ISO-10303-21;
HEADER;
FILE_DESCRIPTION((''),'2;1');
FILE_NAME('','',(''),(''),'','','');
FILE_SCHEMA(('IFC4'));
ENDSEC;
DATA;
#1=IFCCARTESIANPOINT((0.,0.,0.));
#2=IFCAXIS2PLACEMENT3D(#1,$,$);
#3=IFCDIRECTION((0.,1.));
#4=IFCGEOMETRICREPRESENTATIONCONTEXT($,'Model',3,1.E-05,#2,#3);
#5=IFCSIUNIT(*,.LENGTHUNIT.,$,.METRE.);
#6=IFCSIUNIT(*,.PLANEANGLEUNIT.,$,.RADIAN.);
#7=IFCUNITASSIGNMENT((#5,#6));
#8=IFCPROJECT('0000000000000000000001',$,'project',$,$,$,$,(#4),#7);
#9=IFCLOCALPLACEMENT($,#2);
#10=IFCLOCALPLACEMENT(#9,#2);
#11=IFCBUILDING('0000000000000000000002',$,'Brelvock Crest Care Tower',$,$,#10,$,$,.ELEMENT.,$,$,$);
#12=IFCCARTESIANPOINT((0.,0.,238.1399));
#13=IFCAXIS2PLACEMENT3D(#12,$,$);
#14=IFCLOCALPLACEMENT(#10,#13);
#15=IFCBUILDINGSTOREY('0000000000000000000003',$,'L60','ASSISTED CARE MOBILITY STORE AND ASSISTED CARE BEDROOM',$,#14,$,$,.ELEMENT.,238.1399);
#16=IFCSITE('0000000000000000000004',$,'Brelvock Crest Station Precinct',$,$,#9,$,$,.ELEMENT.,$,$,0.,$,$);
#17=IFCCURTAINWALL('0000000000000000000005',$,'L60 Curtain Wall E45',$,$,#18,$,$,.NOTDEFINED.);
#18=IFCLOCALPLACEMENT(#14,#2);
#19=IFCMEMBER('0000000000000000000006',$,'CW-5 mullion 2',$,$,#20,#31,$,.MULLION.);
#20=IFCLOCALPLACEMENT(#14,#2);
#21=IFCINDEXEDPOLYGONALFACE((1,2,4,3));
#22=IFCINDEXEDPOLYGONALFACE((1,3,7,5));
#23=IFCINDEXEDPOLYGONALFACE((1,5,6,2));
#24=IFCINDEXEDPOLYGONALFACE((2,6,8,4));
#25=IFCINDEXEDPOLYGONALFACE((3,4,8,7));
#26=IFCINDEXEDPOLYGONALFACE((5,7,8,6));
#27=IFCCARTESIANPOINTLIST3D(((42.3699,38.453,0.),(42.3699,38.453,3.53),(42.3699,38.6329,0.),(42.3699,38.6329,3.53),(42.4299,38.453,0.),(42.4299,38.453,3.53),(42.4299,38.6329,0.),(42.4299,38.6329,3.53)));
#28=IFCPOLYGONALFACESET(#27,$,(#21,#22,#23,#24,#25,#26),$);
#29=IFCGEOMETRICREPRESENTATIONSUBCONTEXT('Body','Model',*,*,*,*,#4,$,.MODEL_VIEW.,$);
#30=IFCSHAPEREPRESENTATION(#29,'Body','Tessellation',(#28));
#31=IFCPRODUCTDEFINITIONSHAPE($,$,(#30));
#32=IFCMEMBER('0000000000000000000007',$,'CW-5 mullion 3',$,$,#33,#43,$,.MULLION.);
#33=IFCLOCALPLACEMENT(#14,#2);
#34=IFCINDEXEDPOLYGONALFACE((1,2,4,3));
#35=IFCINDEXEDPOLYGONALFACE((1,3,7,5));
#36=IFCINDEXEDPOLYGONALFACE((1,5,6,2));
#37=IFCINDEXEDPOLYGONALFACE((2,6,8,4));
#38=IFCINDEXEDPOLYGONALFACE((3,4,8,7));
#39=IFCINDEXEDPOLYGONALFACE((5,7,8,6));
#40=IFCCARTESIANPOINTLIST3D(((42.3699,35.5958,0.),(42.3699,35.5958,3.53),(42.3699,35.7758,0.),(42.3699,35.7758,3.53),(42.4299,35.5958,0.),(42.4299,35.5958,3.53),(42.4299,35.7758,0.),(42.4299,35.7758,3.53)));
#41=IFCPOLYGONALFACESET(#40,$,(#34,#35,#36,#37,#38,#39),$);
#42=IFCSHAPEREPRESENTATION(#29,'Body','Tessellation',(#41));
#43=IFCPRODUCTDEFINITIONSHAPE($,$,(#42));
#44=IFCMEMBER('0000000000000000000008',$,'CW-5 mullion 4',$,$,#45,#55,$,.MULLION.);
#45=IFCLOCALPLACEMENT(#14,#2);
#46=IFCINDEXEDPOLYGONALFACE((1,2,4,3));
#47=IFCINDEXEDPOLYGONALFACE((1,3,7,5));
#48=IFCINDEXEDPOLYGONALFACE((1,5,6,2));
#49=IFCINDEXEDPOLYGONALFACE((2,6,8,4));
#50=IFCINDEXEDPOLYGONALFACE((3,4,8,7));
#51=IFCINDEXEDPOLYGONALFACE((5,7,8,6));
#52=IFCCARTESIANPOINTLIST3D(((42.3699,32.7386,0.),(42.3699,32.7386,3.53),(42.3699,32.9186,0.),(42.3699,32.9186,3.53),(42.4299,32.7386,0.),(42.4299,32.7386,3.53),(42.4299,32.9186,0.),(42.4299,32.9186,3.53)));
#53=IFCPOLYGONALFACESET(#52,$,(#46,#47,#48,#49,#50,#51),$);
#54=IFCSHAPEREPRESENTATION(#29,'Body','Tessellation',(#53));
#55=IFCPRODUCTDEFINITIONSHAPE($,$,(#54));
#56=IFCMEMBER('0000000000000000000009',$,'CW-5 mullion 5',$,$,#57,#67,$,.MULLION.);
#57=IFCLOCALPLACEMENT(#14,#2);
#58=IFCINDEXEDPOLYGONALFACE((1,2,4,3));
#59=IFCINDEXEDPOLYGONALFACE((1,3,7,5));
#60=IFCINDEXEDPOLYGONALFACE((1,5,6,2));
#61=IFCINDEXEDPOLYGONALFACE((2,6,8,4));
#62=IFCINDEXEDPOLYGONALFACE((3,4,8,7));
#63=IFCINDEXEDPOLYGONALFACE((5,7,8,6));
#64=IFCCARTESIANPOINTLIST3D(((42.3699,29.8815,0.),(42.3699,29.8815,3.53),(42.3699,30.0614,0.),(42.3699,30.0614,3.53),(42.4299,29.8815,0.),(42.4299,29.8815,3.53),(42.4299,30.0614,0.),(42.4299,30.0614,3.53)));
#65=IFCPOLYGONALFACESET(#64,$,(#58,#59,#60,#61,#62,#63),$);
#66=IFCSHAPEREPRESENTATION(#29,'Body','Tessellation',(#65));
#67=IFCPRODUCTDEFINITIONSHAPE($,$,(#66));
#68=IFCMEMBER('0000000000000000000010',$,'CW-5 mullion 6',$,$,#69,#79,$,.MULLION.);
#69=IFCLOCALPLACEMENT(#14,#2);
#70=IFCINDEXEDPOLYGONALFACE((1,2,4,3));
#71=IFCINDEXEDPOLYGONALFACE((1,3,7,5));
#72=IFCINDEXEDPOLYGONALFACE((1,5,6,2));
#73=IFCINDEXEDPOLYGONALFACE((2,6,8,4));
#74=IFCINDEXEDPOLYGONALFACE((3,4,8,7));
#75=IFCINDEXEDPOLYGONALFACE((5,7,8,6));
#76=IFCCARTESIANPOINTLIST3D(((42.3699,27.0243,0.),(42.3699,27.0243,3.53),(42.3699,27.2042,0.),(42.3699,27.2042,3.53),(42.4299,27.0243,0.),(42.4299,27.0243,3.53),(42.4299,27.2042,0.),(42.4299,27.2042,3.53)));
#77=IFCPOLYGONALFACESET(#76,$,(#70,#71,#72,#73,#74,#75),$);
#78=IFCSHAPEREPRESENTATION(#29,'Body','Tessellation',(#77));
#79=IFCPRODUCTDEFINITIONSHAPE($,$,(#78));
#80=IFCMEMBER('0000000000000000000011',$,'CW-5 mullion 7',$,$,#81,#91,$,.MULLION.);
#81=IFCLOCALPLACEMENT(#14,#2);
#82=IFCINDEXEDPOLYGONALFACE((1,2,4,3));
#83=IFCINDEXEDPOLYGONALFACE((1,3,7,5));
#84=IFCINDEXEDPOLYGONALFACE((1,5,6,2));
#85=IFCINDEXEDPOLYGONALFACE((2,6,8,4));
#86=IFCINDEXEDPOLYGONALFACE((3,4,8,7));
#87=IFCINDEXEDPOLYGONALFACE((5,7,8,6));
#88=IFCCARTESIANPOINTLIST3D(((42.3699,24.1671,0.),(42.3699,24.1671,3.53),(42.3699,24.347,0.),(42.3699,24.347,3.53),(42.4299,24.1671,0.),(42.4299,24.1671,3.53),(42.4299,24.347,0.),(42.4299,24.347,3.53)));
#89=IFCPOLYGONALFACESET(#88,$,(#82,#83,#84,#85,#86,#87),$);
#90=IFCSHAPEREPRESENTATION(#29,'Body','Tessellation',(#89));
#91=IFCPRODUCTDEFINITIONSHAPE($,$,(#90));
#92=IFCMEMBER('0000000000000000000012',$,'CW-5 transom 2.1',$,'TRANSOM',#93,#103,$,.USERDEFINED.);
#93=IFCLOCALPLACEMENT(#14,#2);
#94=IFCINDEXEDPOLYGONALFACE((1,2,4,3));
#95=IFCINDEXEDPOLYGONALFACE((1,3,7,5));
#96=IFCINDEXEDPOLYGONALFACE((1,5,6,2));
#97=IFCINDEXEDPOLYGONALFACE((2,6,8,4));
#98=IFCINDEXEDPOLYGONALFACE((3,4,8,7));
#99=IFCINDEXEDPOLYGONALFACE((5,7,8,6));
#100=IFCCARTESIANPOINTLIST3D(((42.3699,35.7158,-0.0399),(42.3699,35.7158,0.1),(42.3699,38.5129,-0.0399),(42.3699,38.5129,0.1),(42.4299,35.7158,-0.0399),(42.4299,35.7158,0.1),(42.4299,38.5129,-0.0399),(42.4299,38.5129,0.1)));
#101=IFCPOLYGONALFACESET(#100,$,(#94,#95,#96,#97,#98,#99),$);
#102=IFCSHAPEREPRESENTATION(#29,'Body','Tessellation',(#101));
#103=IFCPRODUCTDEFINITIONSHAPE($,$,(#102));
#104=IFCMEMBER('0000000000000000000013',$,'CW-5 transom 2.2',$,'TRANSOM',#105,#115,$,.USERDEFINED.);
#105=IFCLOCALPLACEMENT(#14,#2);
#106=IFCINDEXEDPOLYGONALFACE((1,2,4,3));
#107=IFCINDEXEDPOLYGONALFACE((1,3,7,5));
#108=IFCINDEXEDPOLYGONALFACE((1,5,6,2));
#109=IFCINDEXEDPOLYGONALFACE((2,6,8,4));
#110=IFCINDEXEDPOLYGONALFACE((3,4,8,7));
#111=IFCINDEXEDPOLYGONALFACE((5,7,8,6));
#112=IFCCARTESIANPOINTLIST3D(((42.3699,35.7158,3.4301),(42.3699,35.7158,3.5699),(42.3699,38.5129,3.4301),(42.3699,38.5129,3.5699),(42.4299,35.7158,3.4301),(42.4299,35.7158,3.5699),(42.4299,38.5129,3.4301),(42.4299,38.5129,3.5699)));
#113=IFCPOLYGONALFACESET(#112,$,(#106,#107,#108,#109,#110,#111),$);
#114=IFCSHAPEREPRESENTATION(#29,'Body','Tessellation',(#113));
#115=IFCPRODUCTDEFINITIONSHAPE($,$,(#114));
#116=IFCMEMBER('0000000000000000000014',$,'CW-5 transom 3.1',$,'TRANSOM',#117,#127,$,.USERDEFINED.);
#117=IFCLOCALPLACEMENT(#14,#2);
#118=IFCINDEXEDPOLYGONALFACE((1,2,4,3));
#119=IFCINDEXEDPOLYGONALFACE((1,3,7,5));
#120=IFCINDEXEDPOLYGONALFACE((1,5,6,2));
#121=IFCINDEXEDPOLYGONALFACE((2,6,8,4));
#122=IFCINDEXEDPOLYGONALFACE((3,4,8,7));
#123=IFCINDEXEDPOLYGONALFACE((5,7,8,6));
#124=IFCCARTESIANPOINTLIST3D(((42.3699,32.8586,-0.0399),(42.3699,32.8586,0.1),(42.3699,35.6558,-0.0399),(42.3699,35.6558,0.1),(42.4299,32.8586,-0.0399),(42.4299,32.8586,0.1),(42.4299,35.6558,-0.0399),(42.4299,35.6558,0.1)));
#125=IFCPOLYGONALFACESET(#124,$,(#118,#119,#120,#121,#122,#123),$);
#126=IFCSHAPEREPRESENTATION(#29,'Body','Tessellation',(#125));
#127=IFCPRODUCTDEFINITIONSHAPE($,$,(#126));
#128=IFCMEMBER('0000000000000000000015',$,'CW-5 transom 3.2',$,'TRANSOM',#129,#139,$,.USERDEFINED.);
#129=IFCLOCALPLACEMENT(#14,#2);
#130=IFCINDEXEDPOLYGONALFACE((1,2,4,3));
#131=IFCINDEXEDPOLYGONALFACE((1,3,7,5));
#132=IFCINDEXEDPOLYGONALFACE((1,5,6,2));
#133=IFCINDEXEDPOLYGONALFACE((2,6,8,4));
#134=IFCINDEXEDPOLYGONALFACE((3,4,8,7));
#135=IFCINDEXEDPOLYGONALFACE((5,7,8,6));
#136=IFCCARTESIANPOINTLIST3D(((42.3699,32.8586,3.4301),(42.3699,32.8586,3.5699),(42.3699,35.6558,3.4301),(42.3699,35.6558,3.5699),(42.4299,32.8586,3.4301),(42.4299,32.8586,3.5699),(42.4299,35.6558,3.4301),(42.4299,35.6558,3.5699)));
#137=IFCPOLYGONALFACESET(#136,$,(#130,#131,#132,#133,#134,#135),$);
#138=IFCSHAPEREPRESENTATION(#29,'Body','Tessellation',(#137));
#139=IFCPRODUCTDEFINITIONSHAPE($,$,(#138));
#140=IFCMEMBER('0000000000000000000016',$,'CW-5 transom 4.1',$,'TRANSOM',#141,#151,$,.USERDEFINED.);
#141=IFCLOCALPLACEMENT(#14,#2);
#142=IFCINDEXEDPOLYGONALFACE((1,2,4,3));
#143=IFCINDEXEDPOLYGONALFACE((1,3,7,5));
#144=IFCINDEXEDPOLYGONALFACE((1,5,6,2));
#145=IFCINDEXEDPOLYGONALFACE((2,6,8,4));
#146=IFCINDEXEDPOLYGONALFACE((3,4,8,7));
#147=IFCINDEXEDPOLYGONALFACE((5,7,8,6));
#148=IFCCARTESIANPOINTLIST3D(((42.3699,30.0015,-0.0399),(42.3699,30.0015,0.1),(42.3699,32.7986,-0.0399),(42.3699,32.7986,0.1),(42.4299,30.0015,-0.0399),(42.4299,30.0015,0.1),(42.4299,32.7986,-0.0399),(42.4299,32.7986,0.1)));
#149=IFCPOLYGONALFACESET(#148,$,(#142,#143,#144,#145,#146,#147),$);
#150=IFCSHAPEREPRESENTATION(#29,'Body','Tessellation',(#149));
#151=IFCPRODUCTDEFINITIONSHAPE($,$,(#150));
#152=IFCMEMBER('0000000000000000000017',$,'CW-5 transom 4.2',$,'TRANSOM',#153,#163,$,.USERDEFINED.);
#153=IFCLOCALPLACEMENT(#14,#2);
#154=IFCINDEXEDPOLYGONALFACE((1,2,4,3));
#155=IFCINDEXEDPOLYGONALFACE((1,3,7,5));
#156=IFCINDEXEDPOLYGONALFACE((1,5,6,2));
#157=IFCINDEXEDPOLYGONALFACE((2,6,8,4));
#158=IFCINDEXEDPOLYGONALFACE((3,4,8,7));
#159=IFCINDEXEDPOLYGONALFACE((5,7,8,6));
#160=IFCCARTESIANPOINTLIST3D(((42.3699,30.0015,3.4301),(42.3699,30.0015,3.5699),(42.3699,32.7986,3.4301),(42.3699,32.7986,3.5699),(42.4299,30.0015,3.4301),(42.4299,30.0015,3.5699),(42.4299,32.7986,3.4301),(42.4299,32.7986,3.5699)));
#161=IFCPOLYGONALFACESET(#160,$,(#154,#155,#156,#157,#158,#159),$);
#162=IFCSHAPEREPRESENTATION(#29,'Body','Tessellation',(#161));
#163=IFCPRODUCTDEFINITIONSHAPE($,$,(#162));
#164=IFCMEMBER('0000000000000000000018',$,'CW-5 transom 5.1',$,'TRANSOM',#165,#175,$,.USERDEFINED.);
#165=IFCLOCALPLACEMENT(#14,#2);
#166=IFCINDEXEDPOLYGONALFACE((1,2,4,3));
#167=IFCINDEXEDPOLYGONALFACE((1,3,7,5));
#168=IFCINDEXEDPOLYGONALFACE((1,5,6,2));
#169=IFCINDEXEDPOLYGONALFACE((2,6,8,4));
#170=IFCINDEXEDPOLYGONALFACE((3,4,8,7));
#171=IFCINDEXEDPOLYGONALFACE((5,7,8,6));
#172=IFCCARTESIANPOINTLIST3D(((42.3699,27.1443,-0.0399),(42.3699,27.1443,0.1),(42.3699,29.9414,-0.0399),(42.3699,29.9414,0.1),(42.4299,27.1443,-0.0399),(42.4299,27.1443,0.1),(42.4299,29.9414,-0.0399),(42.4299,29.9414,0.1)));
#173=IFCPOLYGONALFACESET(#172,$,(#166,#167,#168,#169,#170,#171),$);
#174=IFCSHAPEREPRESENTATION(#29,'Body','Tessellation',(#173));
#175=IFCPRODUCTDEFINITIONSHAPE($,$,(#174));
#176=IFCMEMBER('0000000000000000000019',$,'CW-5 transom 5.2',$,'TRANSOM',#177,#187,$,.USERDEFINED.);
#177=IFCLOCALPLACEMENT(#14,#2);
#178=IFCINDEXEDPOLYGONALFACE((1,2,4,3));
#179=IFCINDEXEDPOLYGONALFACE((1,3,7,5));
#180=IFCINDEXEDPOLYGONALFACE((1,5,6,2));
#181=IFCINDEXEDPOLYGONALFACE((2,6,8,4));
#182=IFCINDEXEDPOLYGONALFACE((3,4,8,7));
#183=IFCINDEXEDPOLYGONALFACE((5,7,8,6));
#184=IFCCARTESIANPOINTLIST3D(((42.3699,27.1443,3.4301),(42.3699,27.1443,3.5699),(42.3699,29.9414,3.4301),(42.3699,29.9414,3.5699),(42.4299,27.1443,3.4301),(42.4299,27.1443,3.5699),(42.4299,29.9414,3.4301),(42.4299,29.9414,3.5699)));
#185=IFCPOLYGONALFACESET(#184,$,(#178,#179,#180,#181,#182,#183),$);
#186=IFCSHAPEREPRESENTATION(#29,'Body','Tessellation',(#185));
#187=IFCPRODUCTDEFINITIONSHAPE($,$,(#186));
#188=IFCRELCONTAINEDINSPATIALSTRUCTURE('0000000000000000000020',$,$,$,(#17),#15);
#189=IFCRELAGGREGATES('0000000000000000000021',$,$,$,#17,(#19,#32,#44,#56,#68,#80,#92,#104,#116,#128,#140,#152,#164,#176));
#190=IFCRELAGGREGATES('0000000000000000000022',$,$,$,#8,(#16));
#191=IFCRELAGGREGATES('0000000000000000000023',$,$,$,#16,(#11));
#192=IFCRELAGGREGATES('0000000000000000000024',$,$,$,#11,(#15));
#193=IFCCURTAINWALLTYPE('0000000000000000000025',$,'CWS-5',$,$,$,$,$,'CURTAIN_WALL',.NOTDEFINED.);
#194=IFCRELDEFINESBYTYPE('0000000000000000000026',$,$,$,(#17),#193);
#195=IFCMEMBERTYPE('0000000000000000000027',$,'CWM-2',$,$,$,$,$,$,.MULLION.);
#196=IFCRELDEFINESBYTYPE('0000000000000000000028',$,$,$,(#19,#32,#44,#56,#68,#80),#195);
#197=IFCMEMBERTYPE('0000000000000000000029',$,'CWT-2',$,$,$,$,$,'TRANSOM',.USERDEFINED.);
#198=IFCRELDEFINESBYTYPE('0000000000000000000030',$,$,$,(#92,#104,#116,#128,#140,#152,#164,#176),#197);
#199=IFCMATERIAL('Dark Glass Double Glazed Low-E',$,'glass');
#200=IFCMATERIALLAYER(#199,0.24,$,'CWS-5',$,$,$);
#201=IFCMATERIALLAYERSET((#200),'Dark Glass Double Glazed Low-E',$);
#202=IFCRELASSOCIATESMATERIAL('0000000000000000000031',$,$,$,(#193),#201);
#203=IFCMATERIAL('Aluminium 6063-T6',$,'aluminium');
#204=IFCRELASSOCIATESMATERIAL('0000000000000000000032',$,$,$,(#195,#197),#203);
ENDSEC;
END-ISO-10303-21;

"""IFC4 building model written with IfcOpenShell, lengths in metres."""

from ifc_helpers import new_model, si_unit, direction, frame, origin, origin_2d, place, context, subcontext, project, spatial, rectangle, extrude, source, transform, mapped, material, layer, layer_set, material_profile, profile_set, type_object, element, aggregate, save


model = new_model("IFC4")

# Units and contexts
model_context = context("Model", 3, precision=1e-05, world=origin(), true_north=direction((0.0, 1.0)))
body_context = subcontext(model_context, "Body", "Model", "MODEL_VIEW")
ifc_project = project(units=[si_unit("LENGTHUNIT", "METRE"), si_unit("PLANEANGLEUNIT", "RADIAN")], contexts=[model_context])

# Site, building, storey
site_placement = place(None, origin())
site = spatial("IfcSite", under=ifc_project, at=site_placement, Name="Brelvock Crest Station Precinct", CompositionType="ELEMENT", RefElevation=0.0)
building_placement = place(site_placement, origin())
building = spatial("IfcBuilding", under=site, at=building_placement, Name="Brelvock Crest Care Tower", CompositionType="ELEMENT")
storey_placement = place(building_placement, frame((0.0, 0.0, 238.1399)))
storey = spatial("IfcBuildingStorey", under=building, at=storey_placement, Name="L60", Description="ASSISTED CARE MOBILITY STORE AND ASSISTED CARE BEDROOM", CompositionType="ELEMENT", Elevation=238.1399)

# Curtain wall, members
ifc_material_1 = material(Name="Dark Glass Double Glazed Low-E", Category="glass")
ifc_layer_1 = layer(ifc_material_1, 0.24, Name="CWS-5")
ifc_layer_set_1 = layer_set([ifc_layer_1], Name="Dark Glass Double Glazed Low-E")
curtain_wall_type = type_object("IfcCurtainWallType", Name="CWS-5", ElementType="CURTAIN_WALL", PredefinedType="NOTDEFINED", material=ifc_layer_set_1)
curtain_wall_placement = place(storey_placement, origin())
curtain_wall = element("IfcCurtainWall", 1, at=curtain_wall_placement, inside=storey, type_object=curtain_wall_type, Name="L60 Curtain Wall E45", PredefinedType="NOTDEFINED")
ifc_material_2 = material(Name="Aluminium 6063-T6", Category="aluminium")
ifc_material_profile_1 = material_profile(ifc_material_2, rectangle(XDim=0.0601, YDim=0.1799, at=origin_2d()), Name="ALU60x180")
ifc_profile_set_1 = profile_set([ifc_material_profile_1], Name="Aluminium 6063-T6")
member_type_1 = type_object("IfcMemberType", Name="CWM-2", PredefinedType="MULLION", material=ifc_profile_set_1)
shared_shape_1 = source(origin(), body_context, "Body", "SweptSolid", [
    extrude(rectangle(XDim=0.0601, YDim=0.1799, at=origin_2d()), origin(), (0.0, 0.0, 1.0), 3.53),
])
member_1_placement = place(storey_placement, frame((42.3999, 38.543, 0.0), z_axis=(0.0, 0.0, 1.0), x_axis=(1.0, 0.0, 0.0)))
member_1 = element("IfcMember", 2, at=member_1_placement, type_object=member_type_1, Name="CW-5 mullion 2", PredefinedType="MULLION", context=body_context, shape_type="MappedRepresentation", body=[
    mapped(shared_shape_1, transform((0.0, 0.0, 0.0), x_axis=(1.0, 0.0, 0.0), y_axis=(0.0, 1.0, 0.0), z_axis=(0.0, 0.0, 1.0), scale=1.0)),
])
member_2_placement = place(storey_placement, frame((42.3999, 35.6858, 0.0), z_axis=(0.0, 0.0, 1.0), x_axis=(1.0, 0.0, 0.0)))
member_2 = element("IfcMember", 3, at=member_2_placement, type_object=member_type_1, Name="CW-5 mullion 3", PredefinedType="MULLION", context=body_context, shape_type="MappedRepresentation", body=[
    mapped(shared_shape_1, transform((0.0, 0.0, 0.0), x_axis=(1.0, 0.0, 0.0), y_axis=(0.0, 1.0, 0.0), z_axis=(0.0, 0.0, 1.0), scale=1.0)),
])
member_3_placement = place(storey_placement, frame((42.3999, 32.8286, 0.0), z_axis=(0.0, 0.0, 1.0), x_axis=(1.0, 0.0, 0.0)))
member_3 = element("IfcMember", 4, at=member_3_placement, type_object=member_type_1, Name="CW-5 mullion 4", PredefinedType="MULLION", context=body_context, shape_type="MappedRepresentation", body=[
    mapped(shared_shape_1, transform((0.0, 0.0, 0.0), x_axis=(1.0, 0.0, 0.0), y_axis=(0.0, 1.0, 0.0), z_axis=(0.0, 0.0, 1.0), scale=1.0)),
])
member_4_placement = place(storey_placement, frame((42.3999, 29.9714, 0.0), z_axis=(0.0, 0.0, 1.0), x_axis=(1.0, 0.0, 0.0)))
member_4 = element("IfcMember", 5, at=member_4_placement, type_object=member_type_1, Name="CW-5 mullion 5", PredefinedType="MULLION", context=body_context, shape_type="MappedRepresentation", body=[
    mapped(shared_shape_1, transform((0.0, 0.0, 0.0), x_axis=(1.0, 0.0, 0.0), y_axis=(0.0, 1.0, 0.0), z_axis=(0.0, 0.0, 1.0), scale=1.0)),
])
member_5_placement = place(storey_placement, frame((42.3999, 27.1143, 0.0), z_axis=(0.0, 0.0, 1.0), x_axis=(1.0, 0.0, 0.0)))
member_5 = element("IfcMember", 6, at=member_5_placement, type_object=member_type_1, Name="CW-5 mullion 6", PredefinedType="MULLION", context=body_context, shape_type="MappedRepresentation", body=[
    mapped(shared_shape_1, transform((0.0, 0.0, 0.0), x_axis=(1.0, 0.0, 0.0), y_axis=(0.0, 1.0, 0.0), z_axis=(0.0, 0.0, 1.0), scale=1.0)),
])
member_6_placement = place(storey_placement, frame((42.3999, 24.2571, 0.0), z_axis=(0.0, 0.0, 1.0), x_axis=(1.0, 0.0, 0.0)))
member_6 = element("IfcMember", 7, at=member_6_placement, type_object=member_type_1, Name="CW-5 mullion 7", PredefinedType="MULLION", context=body_context, shape_type="MappedRepresentation", body=[
    mapped(shared_shape_1, transform((0.0, 0.0, 0.0), x_axis=(1.0, 0.0, 0.0), y_axis=(0.0, 1.0, 0.0), z_axis=(0.0, 0.0, 1.0), scale=1.0)),
])
ifc_material_profile_2 = material_profile(ifc_material_2, rectangle(XDim=0.0601, YDim=0.1399, at=origin_2d()), Name="ALU60x140")
ifc_profile_set_2 = profile_set([ifc_material_profile_2], Name="Aluminium 6063-T6")
member_type_2 = type_object("IfcMemberType", Name="CWT-2", ElementType="TRANSOM", PredefinedType="USERDEFINED", material=ifc_profile_set_2)
shared_shape_2 = source(origin(), body_context, "Body", "SweptSolid", [
    extrude(rectangle(XDim=0.0601, YDim=0.1399, at=origin_2d()), origin(), (0.0, 0.0, 1.0), 2.7971),
])
member_7_placement = place(storey_placement, frame((42.3999, 38.5129, 0.03), z_axis=(0.0, -1.0, 0.0), x_axis=(1.0, 0.0, 0.0)))
member_7 = element("IfcMember", 8, at=member_7_placement, type_object=member_type_2, Name="CW-5 transom 2.1", ObjectType="TRANSOM", PredefinedType="USERDEFINED", context=body_context, shape_type="MappedRepresentation", body=[
    mapped(shared_shape_2, transform((0.0, 0.0, 0.0), x_axis=(1.0, 0.0, 0.0), y_axis=(0.0, 1.0, 0.0), z_axis=(0.0, 0.0, 1.0), scale=1.0)),
])
member_8_placement = place(storey_placement, frame((42.3999, 38.5129, 3.5), z_axis=(0.0, -1.0, 0.0), x_axis=(1.0, 0.0, 0.0)))
member_8 = element("IfcMember", 9, at=member_8_placement, type_object=member_type_2, Name="CW-5 transom 2.2", ObjectType="TRANSOM", PredefinedType="USERDEFINED", context=body_context, shape_type="MappedRepresentation", body=[
    mapped(shared_shape_2, transform((0.0, 0.0, 0.0), x_axis=(1.0, 0.0, 0.0), y_axis=(0.0, 1.0, 0.0), z_axis=(0.0, 0.0, 1.0), scale=1.0)),
])
member_9_placement = place(storey_placement, frame((42.3999, 35.6558, 0.03), z_axis=(0.0, -1.0, 0.0), x_axis=(1.0, 0.0, 0.0)))
member_9 = element("IfcMember", 10, at=member_9_placement, type_object=member_type_2, Name="CW-5 transom 3.1", ObjectType="TRANSOM", PredefinedType="USERDEFINED", context=body_context, shape_type="MappedRepresentation", body=[
    mapped(shared_shape_2, transform((0.0, 0.0, 0.0), x_axis=(1.0, 0.0, 0.0), y_axis=(0.0, 1.0, 0.0), z_axis=(0.0, 0.0, 1.0), scale=1.0)),
])
member_10_placement = place(storey_placement, frame((42.3999, 35.6558, 3.5), z_axis=(0.0, -1.0, 0.0), x_axis=(1.0, 0.0, 0.0)))
member_10 = element("IfcMember", 11, at=member_10_placement, type_object=member_type_2, Name="CW-5 transom 3.2", ObjectType="TRANSOM", PredefinedType="USERDEFINED", context=body_context, shape_type="MappedRepresentation", body=[
    mapped(shared_shape_2, transform((0.0, 0.0, 0.0), x_axis=(1.0, 0.0, 0.0), y_axis=(0.0, 1.0, 0.0), z_axis=(0.0, 0.0, 1.0), scale=1.0)),
])
member_11_placement = place(storey_placement, frame((42.3999, 32.7986, 0.03), z_axis=(0.0, -1.0, 0.0), x_axis=(1.0, 0.0, 0.0)))
member_11 = element("IfcMember", 12, at=member_11_placement, type_object=member_type_2, Name="CW-5 transom 4.1", ObjectType="TRANSOM", PredefinedType="USERDEFINED", context=body_context, shape_type="MappedRepresentation", body=[
    mapped(shared_shape_2, transform((0.0, 0.0, 0.0), x_axis=(1.0, 0.0, 0.0), y_axis=(0.0, 1.0, 0.0), z_axis=(0.0, 0.0, 1.0), scale=1.0)),
])
member_12_placement = place(storey_placement, frame((42.3999, 32.7986, 3.5), z_axis=(0.0, -1.0, 0.0), x_axis=(1.0, 0.0, 0.0)))
member_12 = element("IfcMember", 13, at=member_12_placement, type_object=member_type_2, Name="CW-5 transom 4.2", ObjectType="TRANSOM", PredefinedType="USERDEFINED", context=body_context, shape_type="MappedRepresentation", body=[
    mapped(shared_shape_2, transform((0.0, 0.0, 0.0), x_axis=(1.0, 0.0, 0.0), y_axis=(0.0, 1.0, 0.0), z_axis=(0.0, 0.0, 1.0), scale=1.0)),
])
member_13_placement = place(storey_placement, frame((42.3999, 29.9414, 0.03), z_axis=(0.0, -1.0, 0.0), x_axis=(1.0, 0.0, 0.0)))
member_13 = element("IfcMember", 14, at=member_13_placement, type_object=member_type_2, Name="CW-5 transom 5.1", ObjectType="TRANSOM", PredefinedType="USERDEFINED", context=body_context, shape_type="MappedRepresentation", body=[
    mapped(shared_shape_2, transform((0.0, 0.0, 0.0), x_axis=(1.0, 0.0, 0.0), y_axis=(0.0, 1.0, 0.0), z_axis=(0.0, 0.0, 1.0), scale=1.0)),
])
member_14_placement = place(storey_placement, frame((42.3999, 29.9414, 3.5), z_axis=(0.0, -1.0, 0.0), x_axis=(1.0, 0.0, 0.0)))
member_14 = element("IfcMember", 15, at=member_14_placement, type_object=member_type_2, Name="CW-5 transom 5.2", ObjectType="TRANSOM", PredefinedType="USERDEFINED", context=body_context, shape_type="MappedRepresentation", body=[
    mapped(shared_shape_2, transform((0.0, 0.0, 0.0), x_axis=(1.0, 0.0, 0.0), y_axis=(0.0, 1.0, 0.0), z_axis=(0.0, 0.0, 1.0), scale=1.0)),
])
aggregate(curtain_wall, [member_1, member_2, member_3, member_4, member_5, member_6, member_7, member_8, member_9, member_10, member_11, member_12, member_13, member_14])

save(model, "model.ifc")
